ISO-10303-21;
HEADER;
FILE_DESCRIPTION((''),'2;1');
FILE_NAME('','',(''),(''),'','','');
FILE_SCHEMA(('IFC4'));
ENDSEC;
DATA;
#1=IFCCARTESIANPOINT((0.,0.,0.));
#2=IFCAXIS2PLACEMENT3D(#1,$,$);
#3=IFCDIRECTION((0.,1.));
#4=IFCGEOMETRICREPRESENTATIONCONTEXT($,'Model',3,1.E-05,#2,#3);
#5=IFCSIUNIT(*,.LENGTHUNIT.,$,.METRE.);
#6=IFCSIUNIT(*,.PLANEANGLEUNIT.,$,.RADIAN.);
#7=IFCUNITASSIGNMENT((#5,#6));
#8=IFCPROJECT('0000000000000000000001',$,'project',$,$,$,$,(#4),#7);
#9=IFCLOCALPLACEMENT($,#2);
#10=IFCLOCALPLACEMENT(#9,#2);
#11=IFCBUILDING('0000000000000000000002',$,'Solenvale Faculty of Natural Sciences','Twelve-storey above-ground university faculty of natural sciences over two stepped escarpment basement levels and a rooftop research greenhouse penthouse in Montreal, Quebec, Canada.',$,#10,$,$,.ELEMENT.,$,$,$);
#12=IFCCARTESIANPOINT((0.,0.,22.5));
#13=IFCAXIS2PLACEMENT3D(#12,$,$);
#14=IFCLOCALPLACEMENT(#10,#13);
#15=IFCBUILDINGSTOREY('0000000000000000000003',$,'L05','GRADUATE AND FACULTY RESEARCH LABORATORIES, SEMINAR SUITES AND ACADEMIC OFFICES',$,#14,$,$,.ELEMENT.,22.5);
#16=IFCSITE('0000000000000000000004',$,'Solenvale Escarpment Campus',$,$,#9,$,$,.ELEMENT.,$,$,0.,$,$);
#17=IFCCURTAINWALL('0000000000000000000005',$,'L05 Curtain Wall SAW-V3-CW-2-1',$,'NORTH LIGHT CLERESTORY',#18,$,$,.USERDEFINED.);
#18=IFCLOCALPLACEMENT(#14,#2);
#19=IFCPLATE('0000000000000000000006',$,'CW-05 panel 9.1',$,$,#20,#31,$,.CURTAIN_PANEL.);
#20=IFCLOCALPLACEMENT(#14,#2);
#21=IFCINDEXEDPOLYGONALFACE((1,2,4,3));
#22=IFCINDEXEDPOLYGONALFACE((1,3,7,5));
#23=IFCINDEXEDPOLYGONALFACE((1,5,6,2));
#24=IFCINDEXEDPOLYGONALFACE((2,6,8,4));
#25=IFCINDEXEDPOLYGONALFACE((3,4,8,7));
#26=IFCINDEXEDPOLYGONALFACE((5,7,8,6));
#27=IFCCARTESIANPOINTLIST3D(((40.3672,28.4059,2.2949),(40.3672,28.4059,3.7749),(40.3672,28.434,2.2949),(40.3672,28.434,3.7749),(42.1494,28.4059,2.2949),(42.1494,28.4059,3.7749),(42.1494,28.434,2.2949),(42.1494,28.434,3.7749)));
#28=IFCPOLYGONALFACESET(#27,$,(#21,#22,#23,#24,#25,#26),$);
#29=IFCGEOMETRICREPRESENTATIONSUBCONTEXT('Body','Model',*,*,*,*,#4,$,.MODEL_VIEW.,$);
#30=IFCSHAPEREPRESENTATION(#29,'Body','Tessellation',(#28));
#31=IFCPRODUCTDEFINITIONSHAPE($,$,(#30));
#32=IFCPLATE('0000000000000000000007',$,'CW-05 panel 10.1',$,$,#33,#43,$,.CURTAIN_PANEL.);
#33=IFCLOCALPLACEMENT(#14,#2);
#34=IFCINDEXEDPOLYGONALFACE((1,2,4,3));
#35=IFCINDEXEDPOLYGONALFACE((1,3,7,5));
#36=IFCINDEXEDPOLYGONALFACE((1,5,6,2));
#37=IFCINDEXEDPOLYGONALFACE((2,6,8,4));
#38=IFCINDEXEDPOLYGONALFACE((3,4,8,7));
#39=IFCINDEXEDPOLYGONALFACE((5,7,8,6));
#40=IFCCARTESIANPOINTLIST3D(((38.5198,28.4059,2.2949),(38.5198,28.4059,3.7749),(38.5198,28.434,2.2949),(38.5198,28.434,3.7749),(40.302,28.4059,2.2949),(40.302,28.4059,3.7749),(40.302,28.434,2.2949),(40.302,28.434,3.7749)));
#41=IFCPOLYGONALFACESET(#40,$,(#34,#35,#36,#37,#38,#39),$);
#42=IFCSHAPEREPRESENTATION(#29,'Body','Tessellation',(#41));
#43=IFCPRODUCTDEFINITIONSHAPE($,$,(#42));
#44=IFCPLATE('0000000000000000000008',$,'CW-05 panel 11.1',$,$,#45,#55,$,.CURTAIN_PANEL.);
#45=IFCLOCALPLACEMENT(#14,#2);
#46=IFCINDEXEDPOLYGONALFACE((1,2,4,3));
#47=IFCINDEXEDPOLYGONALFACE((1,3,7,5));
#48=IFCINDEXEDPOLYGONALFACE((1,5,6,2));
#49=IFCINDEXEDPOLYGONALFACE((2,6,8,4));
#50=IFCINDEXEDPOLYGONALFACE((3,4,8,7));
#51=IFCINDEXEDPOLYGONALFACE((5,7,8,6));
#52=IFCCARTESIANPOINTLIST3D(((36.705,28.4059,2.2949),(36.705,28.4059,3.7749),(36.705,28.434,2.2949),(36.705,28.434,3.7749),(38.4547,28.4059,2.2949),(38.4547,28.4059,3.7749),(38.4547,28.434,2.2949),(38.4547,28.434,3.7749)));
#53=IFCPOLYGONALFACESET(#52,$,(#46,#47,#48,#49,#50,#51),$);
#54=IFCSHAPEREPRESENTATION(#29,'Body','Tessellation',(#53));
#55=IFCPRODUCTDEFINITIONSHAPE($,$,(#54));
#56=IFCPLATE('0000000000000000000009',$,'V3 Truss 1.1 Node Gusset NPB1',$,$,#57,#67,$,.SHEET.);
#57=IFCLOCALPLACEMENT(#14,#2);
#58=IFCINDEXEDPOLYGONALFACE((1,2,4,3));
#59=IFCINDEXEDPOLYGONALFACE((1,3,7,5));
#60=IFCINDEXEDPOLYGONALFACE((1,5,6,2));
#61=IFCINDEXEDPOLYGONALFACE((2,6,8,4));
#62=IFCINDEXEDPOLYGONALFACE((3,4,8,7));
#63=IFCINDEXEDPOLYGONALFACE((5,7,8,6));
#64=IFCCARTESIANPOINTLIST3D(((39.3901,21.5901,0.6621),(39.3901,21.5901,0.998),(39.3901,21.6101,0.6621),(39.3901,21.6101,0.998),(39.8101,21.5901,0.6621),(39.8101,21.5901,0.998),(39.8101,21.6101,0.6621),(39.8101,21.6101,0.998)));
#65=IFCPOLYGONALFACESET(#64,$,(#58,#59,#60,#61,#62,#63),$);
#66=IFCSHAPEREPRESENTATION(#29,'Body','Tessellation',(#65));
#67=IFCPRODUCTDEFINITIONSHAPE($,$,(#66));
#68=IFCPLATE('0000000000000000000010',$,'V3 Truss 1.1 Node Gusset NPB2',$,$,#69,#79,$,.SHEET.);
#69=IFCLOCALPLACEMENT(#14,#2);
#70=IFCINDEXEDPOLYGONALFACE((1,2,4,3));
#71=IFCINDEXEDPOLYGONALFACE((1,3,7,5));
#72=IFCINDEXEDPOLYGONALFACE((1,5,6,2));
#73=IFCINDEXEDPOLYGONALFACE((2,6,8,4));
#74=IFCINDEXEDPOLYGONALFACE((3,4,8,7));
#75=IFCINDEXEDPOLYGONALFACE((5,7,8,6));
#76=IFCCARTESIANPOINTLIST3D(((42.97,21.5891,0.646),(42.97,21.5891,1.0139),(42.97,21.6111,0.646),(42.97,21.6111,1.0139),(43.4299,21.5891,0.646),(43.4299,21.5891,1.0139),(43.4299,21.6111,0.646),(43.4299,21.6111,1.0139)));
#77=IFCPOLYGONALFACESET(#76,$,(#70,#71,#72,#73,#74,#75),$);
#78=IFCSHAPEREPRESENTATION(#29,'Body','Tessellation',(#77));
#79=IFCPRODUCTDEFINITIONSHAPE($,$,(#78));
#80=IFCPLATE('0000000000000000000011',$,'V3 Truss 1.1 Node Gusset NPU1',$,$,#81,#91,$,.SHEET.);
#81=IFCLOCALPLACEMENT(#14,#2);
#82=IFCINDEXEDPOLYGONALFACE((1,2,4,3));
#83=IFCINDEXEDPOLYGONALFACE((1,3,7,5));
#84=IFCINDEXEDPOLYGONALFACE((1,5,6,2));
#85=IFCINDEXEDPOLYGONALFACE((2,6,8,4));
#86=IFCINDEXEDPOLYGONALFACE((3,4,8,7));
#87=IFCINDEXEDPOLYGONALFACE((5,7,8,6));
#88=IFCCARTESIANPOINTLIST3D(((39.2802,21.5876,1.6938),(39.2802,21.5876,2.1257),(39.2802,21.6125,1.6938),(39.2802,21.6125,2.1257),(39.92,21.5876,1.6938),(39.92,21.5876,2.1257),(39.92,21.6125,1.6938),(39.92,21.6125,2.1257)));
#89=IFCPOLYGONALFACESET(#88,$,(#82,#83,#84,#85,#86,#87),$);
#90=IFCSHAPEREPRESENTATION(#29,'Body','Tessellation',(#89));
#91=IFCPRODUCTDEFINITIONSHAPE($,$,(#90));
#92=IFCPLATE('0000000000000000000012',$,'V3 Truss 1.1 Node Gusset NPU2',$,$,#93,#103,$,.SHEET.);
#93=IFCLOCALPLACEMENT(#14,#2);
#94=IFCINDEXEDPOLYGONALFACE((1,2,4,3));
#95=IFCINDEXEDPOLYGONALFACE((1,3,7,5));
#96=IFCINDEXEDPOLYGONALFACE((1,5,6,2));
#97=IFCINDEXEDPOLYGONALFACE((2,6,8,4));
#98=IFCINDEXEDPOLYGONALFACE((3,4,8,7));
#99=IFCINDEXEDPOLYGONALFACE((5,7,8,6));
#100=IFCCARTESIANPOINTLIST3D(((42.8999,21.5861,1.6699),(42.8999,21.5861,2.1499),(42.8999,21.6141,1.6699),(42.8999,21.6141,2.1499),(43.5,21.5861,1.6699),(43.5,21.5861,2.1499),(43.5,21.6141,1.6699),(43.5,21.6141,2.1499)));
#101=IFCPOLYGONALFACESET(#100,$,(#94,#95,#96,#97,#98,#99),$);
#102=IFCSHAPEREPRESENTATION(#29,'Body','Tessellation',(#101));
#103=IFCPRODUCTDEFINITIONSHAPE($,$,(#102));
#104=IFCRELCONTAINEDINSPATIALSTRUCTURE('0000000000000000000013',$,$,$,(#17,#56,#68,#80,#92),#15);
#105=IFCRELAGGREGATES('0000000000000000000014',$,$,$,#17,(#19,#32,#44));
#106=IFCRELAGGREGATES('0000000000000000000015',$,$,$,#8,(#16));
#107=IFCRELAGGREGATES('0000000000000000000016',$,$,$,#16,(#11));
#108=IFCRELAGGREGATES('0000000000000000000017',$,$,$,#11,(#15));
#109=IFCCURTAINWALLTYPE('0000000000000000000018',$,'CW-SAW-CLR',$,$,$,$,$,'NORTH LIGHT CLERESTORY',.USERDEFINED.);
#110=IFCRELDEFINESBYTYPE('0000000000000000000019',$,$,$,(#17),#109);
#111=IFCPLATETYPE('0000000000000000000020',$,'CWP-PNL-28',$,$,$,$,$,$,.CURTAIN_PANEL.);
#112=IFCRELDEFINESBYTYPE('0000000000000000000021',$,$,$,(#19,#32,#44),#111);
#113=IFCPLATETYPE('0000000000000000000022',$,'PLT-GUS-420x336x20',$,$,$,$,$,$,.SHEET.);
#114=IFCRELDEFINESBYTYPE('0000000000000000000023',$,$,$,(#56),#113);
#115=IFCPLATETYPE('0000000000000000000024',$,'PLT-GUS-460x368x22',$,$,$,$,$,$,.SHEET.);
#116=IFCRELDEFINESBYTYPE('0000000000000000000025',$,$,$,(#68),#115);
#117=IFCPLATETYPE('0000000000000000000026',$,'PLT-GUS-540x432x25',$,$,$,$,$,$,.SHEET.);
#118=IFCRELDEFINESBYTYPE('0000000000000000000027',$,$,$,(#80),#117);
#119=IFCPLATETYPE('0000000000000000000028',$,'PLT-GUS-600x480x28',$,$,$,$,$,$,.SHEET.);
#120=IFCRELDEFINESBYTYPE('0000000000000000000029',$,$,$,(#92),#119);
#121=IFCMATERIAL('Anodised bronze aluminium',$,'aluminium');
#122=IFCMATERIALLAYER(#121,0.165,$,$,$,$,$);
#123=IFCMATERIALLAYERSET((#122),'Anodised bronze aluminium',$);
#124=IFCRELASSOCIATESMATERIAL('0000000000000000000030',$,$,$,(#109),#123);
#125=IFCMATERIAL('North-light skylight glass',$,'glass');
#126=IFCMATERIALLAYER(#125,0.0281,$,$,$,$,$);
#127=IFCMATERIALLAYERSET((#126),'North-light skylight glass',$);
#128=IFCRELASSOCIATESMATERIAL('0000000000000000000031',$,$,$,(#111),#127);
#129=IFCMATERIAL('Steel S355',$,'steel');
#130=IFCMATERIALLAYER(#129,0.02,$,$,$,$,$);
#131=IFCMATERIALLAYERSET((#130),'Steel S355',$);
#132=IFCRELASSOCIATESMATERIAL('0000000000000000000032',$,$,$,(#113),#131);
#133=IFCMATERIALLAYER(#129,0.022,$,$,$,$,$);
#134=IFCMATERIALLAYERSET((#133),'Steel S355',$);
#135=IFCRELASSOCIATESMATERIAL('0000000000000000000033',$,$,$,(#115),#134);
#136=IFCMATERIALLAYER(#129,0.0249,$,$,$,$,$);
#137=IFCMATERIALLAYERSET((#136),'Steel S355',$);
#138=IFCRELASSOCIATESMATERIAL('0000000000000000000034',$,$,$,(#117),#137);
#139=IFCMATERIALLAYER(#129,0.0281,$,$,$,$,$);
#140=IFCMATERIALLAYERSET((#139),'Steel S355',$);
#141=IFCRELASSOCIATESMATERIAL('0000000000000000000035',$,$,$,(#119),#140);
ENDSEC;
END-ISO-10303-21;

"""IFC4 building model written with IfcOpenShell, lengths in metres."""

from ifc_helpers import new_model, si_unit, direction, frame, origin, origin_2d, place, context, subcontext, project, spatial, rectangle, extrude, material, layer, layer_set, type_object, element, aggregate, save


model = new_model("IFC4")

# Units and contexts
model_context = context("Model", 3, precision=1e-05, world=origin(), true_north=direction((0.0, 1.0)))
body_context = subcontext(model_context, "Body", "Model", "MODEL_VIEW")
ifc_project = project(units=[si_unit("LENGTHUNIT", "METRE"), si_unit("PLANEANGLEUNIT", "RADIAN")], contexts=[model_context])

# Site, building, storey
site_placement = place(None, origin())
site = spatial("IfcSite", under=ifc_project, at=site_placement, Name="Solenvale Escarpment Campus", CompositionType="ELEMENT", RefElevation=0.0)
building_placement = place(site_placement, origin())
building = spatial("IfcBuilding", under=site, at=building_placement, Name="Solenvale Faculty of Natural Sciences", Description="Twelve-storey above-ground university faculty of natural sciences over two stepped escarpment basement levels and a rooftop research greenhouse penthouse in Montreal, Quebec, Canada.", CompositionType="ELEMENT")
storey_placement = place(building_placement, frame((0.0, 0.0, 22.5)))
storey = spatial("IfcBuildingStorey", under=building, at=storey_placement, Name="L05", Description="GRADUATE AND FACULTY RESEARCH LABORATORIES, SEMINAR SUITES AND ACADEMIC OFFICES", CompositionType="ELEMENT", Elevation=22.5)

# Curtain wall
ifc_material_1 = material(Name="Anodised bronze aluminium", Category="aluminium")
ifc_layer_1 = layer(ifc_material_1, 0.165)
ifc_layer_set_1 = layer_set([ifc_layer_1], Name="Anodised bronze aluminium")
curtain_wall_type = type_object("IfcCurtainWallType", Name="CW-SAW-CLR", ElementType="NORTH LIGHT CLERESTORY", PredefinedType="USERDEFINED", material=ifc_layer_set_1)
curtain_wall_1_placement = place(storey_placement, origin())
curtain_wall_1 = element("IfcCurtainWall", 1, at=curtain_wall_1_placement, inside=storey, type_object=curtain_wall_type, Name="L05 Curtain Wall SAW-V3-CW-2-1", ObjectType="NORTH LIGHT CLERESTORY", PredefinedType="USERDEFINED")

# Shared definitions
ifc_material_2 = material(Name="Steel S355", Category="steel")

# Plates
ifc_material_3 = material(Name="North-light skylight glass", Category="glass")
ifc_layer_2 = layer(ifc_material_3, 0.0281)
ifc_layer_set_2 = layer_set([ifc_layer_2], Name="North-light skylight glass")
plate_type_1 = type_object("IfcPlateType", Name="CWP-PNL-28", PredefinedType="CURTAIN_PANEL", material=ifc_layer_set_2)
plate_1_placement = place(storey_placement, frame((41.2583, 28.4199, 2.2949), z_axis=(0.0, 0.0, 1.0), x_axis=(-1.0, 0.0, 0.0)))
plate_1 = element("IfcPlate", 2, at=plate_1_placement, type_object=plate_type_1, Name="CW-05 panel 9.1", PredefinedType="CURTAIN_PANEL", context=body_context, shape_type="SweptSolid", body=[
    extrude(rectangle(XDim=1.7822, YDim=0.0281, at=origin_2d()), origin(), (0.0, 0.0, 1.0), 1.48),
])
plate_2_placement = place(storey_placement, frame((39.4109, 28.4199, 2.2949), z_axis=(0.0, 0.0, 1.0), x_axis=(-1.0, 0.0, 0.0)))
plate_2 = element("IfcPlate", 3, at=plate_2_placement, type_object=plate_type_1, Name="CW-05 panel 10.1", PredefinedType="CURTAIN_PANEL", context=body_context, shape_type="SweptSolid", body=[
    extrude(rectangle(XDim=1.7822, YDim=0.0281, at=origin_2d()), origin(), (0.0, 0.0, 1.0), 1.48),
])
plate_3_placement = place(storey_placement, frame((37.5798, 28.4199, 2.2949), z_axis=(0.0, 0.0, 1.0), x_axis=(-1.0, 0.0, 0.0)))
plate_3 = element("IfcPlate", 4, at=plate_3_placement, type_object=plate_type_1, Name="CW-05 panel 11.1", PredefinedType="CURTAIN_PANEL", context=body_context, shape_type="SweptSolid", body=[
    extrude(rectangle(XDim=1.7498, YDim=0.0281, at=origin_2d()), origin(), (0.0, 0.0, 1.0), 1.48),
])
aggregate(curtain_wall_1, [plate_1, plate_2, plate_3])

# Plates
ifc_layer_3 = layer(ifc_material_2, 0.02)
ifc_layer_set_3 = layer_set([ifc_layer_3], Name="Steel S355")
plate_type_2 = type_object("IfcPlateType", Name="PLT-GUS-420x336x20", PredefinedType="SHEET", material=ifc_layer_set_3)
plate_4_placement = place(storey_placement, frame((39.6001, 21.6001, 0.6621), z_axis=(0.0, 0.0, 1.0), x_axis=(1.0, 0.0, 0.0)))
element("IfcPlate", 5, at=plate_4_placement, inside=storey, type_object=plate_type_2, Name="V3 Truss 1.1 Node Gusset NPB1", PredefinedType="SHEET", context=body_context, shape_type="SweptSolid", body=[
    extrude(rectangle(XDim=0.4199, YDim=0.02, at=origin_2d()), origin(), (0.0, 0.0, 1.0), 0.3359),
])
ifc_layer_4 = layer(ifc_material_2, 0.022)
ifc_layer_set_4 = layer_set([ifc_layer_4], Name="Steel S355")
plate_type_3 = type_object("IfcPlateType", Name="PLT-GUS-460x368x22", PredefinedType="SHEET", material=ifc_layer_set_4)
plate_5_placement = place(storey_placement, frame((43.2, 21.6001, 0.646), z_axis=(0.0, 0.0, 1.0), x_axis=(1.0, 0.0, 0.0)))
element("IfcPlate", 6, at=plate_5_placement, inside=storey, type_object=plate_type_3, Name="V3 Truss 1.1 Node Gusset NPB2", PredefinedType="SHEET", context=body_context, shape_type="SweptSolid", body=[
    extrude(rectangle(XDim=0.46, YDim=0.022, at=origin_2d()), origin(), (0.0, 0.0, 1.0), 0.3679),
])
ifc_layer_5 = layer(ifc_material_2, 0.0249)
ifc_layer_set_5 = layer_set([ifc_layer_5], Name="Steel S355")
plate_type_4 = type_object("IfcPlateType", Name="PLT-GUS-540x432x25", PredefinedType="SHEET", material=ifc_layer_set_5)
plate_6_placement = place(storey_placement, frame((39.6001, 21.6001, 1.6938), z_axis=(0.0, 0.0, 1.0), x_axis=(1.0, 0.0, 0.0)))
element("IfcPlate", 7, at=plate_6_placement, inside=storey, type_object=plate_type_4, Name="V3 Truss 1.1 Node Gusset NPU1", PredefinedType="SHEET", context=body_context, shape_type="SweptSolid", body=[
    extrude(rectangle(XDim=0.6399, YDim=0.0249, at=origin_2d()), origin(), (0.0, 0.0, 1.0), 0.4319),
])
ifc_layer_6 = layer(ifc_material_2, 0.0281)
ifc_layer_set_6 = layer_set([ifc_layer_6], Name="Steel S355")
plate_type_5 = type_object("IfcPlateType", Name="PLT-GUS-600x480x28", PredefinedType="SHEET", material=ifc_layer_set_6)
plate_7_placement = place(storey_placement, frame((43.2, 21.6001, 1.6699), z_axis=(0.0, 0.0, 1.0), x_axis=(1.0, 0.0, 0.0)))
element("IfcPlate", 8, at=plate_7_placement, inside=storey, type_object=plate_type_5, Name="V3 Truss 1.1 Node Gusset NPU2", PredefinedType="SHEET", context=body_context, shape_type="SweptSolid", body=[
    extrude(rectangle(XDim=0.6001, YDim=0.0281, at=origin_2d()), origin(), (0.0, 0.0, 1.0), 0.48),
])

save(model, "model.ifc")
